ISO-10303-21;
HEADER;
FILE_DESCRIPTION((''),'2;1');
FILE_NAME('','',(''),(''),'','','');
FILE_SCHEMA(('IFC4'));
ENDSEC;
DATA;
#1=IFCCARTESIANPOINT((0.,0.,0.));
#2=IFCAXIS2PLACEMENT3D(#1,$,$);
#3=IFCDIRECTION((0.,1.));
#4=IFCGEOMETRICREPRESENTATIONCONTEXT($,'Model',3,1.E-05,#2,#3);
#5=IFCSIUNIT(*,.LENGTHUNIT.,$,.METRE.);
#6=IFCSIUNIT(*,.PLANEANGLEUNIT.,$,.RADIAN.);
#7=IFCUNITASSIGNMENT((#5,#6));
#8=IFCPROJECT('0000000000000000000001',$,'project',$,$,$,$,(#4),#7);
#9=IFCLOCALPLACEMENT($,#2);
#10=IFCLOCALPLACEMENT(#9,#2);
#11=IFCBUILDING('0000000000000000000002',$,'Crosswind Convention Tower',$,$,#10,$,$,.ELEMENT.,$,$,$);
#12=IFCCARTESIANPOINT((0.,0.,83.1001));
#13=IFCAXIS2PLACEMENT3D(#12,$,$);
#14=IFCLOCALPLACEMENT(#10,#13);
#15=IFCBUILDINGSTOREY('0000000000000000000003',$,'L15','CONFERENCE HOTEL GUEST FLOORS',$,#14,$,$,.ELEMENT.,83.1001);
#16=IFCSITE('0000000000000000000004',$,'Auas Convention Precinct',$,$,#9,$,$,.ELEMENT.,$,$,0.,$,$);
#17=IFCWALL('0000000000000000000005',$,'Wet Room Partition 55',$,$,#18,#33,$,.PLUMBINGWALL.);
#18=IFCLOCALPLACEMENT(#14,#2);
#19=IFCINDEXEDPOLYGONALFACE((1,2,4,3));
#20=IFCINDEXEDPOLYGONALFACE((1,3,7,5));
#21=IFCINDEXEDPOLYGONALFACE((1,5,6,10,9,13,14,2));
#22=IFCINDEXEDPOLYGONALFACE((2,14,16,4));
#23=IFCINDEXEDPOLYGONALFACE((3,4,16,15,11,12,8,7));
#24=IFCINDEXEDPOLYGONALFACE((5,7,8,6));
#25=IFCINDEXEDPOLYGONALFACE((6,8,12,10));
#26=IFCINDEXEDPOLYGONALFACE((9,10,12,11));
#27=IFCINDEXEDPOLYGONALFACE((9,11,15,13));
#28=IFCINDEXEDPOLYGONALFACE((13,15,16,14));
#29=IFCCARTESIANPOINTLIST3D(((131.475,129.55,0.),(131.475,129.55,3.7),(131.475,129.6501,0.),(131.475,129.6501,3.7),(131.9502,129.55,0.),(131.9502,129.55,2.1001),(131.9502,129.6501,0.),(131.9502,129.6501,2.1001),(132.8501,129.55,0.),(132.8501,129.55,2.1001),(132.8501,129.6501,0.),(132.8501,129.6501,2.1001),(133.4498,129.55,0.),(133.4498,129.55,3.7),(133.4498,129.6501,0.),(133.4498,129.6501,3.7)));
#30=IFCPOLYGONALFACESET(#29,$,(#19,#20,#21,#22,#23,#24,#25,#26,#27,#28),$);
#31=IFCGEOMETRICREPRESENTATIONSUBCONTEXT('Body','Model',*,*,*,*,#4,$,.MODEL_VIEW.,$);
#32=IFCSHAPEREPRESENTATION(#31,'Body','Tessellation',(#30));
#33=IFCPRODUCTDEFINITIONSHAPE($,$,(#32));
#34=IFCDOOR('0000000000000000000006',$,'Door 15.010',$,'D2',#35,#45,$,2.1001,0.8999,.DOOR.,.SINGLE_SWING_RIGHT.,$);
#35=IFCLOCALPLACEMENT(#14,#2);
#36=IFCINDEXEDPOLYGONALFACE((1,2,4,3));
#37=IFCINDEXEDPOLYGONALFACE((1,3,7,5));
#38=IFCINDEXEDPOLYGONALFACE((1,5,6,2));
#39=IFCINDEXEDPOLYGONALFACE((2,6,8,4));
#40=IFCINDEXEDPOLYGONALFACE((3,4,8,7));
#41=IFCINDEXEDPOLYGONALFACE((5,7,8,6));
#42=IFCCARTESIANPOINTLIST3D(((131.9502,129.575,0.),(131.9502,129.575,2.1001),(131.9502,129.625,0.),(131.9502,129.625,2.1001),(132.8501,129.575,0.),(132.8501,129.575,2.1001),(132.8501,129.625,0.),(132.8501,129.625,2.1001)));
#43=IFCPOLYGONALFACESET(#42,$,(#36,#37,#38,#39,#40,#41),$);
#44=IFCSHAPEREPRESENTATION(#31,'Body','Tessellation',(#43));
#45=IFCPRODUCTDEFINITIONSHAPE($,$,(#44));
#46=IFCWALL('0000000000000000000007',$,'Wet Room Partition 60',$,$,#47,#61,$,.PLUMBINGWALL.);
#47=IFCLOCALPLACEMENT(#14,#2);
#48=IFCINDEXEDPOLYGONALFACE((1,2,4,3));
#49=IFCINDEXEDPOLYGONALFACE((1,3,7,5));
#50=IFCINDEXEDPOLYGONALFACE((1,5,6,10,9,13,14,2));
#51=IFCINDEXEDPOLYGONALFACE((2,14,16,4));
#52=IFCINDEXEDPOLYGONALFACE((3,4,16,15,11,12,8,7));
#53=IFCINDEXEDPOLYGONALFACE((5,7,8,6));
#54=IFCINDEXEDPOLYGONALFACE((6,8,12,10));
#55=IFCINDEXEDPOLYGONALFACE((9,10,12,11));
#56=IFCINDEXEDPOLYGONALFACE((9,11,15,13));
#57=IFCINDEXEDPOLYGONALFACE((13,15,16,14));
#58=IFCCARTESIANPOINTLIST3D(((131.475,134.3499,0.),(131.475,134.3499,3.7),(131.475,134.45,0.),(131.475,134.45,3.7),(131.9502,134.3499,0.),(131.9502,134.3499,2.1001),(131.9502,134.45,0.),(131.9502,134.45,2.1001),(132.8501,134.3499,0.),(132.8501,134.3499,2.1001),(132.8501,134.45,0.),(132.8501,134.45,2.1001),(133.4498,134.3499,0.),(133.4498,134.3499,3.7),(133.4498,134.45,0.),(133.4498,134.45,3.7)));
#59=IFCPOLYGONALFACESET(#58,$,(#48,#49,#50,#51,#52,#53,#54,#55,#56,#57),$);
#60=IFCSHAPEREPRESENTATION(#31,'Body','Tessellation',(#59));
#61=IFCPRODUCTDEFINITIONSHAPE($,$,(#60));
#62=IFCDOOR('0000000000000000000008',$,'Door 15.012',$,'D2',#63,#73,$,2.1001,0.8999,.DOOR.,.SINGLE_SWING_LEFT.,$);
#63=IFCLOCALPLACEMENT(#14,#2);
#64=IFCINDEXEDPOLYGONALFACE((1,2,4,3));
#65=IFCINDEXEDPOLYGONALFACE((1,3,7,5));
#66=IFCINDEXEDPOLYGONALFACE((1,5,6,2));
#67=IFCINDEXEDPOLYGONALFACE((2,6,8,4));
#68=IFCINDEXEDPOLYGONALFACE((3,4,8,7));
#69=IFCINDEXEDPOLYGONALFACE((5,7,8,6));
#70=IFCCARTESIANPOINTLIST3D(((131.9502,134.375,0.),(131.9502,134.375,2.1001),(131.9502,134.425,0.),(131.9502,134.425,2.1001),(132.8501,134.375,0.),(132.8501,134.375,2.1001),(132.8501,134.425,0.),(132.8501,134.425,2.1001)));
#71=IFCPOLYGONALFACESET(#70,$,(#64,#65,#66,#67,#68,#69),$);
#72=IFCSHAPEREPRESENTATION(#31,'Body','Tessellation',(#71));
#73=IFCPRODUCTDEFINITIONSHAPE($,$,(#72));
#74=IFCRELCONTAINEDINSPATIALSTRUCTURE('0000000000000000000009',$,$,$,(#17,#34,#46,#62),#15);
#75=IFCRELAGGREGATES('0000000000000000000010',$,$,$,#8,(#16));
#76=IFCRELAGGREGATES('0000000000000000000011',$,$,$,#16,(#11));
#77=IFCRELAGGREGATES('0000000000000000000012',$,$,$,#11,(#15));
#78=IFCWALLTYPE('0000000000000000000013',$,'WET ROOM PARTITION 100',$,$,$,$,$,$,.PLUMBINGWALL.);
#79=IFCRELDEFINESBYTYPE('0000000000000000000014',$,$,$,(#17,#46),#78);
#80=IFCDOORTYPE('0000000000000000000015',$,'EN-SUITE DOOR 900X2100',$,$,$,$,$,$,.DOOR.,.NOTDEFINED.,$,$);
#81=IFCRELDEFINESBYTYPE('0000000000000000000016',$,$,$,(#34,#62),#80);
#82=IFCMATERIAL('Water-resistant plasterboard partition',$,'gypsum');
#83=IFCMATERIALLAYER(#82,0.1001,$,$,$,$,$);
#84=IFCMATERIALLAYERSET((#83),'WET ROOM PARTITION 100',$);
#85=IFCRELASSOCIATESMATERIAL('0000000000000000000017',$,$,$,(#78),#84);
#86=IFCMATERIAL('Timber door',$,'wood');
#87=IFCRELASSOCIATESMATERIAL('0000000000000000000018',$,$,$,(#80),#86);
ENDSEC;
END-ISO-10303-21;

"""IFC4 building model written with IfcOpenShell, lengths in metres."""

from ifc_helpers import new_model, si_unit, direction, frame, frame_2d, origin, place, context, subcontext, project, spatial, rectangle, extrude, material, layer, layer_set, type_object, element, fill, save


model = new_model("IFC4")

# Units and contexts
model_context = context("Model", 3, precision=1e-05, world=origin(), true_north=direction((0.0, 1.0)))
body_context = subcontext(model_context, "Body", "Model", "MODEL_VIEW")
ifc_project = project(units=[si_unit("LENGTHUNIT", "METRE"), si_unit("PLANEANGLEUNIT", "RADIAN")], contexts=[model_context])

# Site, building, storey
site_placement = place(None, origin())
site = spatial("IfcSite", under=ifc_project, at=site_placement, Name="Auas Convention Precinct", CompositionType="ELEMENT", RefElevation=0.0)
building_placement = place(site_placement, origin())
building = spatial("IfcBuilding", under=site, at=building_placement, Name="Crosswind Convention Tower", CompositionType="ELEMENT")
storey_placement = place(building_placement, frame((0.0, 0.0, 83.1001)))
storey = spatial("IfcBuildingStorey", under=building, at=storey_placement, Name="L15", Description="CONFERENCE HOTEL GUEST FLOORS", CompositionType="ELEMENT", Elevation=83.1001)

# Walls, openings, doors
ifc_material_1 = material(Name="Water-resistant plasterboard partition", Category="gypsum")
ifc_layer_1 = layer(ifc_material_1, 0.1001)
ifc_layer_set_1 = layer_set([ifc_layer_1], Name="WET ROOM PARTITION 100")
wall_type_1 = type_object("IfcWallType", Name="WET ROOM PARTITION 100", PredefinedType="PLUMBINGWALL", material=ifc_layer_set_1)
wall_1_placement = place(storey_placement, frame((131.4751, 129.6001, 0.0), z_axis=(0.0, 0.0, 1.0), x_axis=(1.0, 0.0, 0.0)))
wall_1 = element("IfcWall", 1, at=wall_1_placement, inside=storey, type_object=wall_type_1, Name="Wet Room Partition 55", PredefinedType="PLUMBINGWALL", context=body_context, shape_type="SweptSolid", body=[
    extrude(rectangle(XDim=1.9749, YDim=0.1001, at=frame_2d((0.9873, 0.0))), origin(), (0.0, 0.0, 1.0), 3.7),
])
opening_1_placement = place(wall_1_placement, frame((0.4751, 0.0, 0.0)))
opening_1 = element("IfcOpeningElement", 2, at=opening_1_placement, cuts=wall_1, PredefinedType="OPENING", context=body_context, shape_type="SweptSolid", body=[
    extrude(rectangle(XDim=0.8999, YDim=2.1001, at=frame_2d((0.45, 1.05))), frame((0.0, 0.0601, 0.0), z_axis=(0.0, -1.0, 0.0), x_axis=(1.0, 0.0, 0.0)), (0.0, 0.0, 1.0), 0.1201),
])
ifc_material_2 = material(Name="Timber door", Category="wood")
door_type_1 = type_object("IfcDoorType", Name="EN-SUITE DOOR 900X2100", OperationType="NOTDEFINED", PredefinedType="DOOR", material=ifc_material_2)
door_1_placement = place(opening_1_placement, origin())
door_1 = element("IfcDoor", 3, at=door_1_placement, inside=storey, type_object=door_type_1, Name="Door 15.010", ObjectType="D2", OperationType="SINGLE_SWING_RIGHT", OverallHeight=2.1001, OverallWidth=0.8999, PredefinedType="DOOR", context=body_context, shape_type="SweptSolid", body=[
    extrude(rectangle(XDim=0.8999, YDim=2.1001, at=frame_2d((0.45, 1.05))), frame((0.0, 0.0249, 0.0), z_axis=(0.0, -1.0, 0.0), x_axis=(1.0, 0.0, 0.0)), (0.0, 0.0, 1.0), 0.05),
])
fill(opening_1, door_1)
wall_2_placement = place(storey_placement, frame((131.4751, 134.3999, 0.0), z_axis=(0.0, 0.0, 1.0), x_axis=(1.0, 0.0, 0.0)))
wall_2 = element("IfcWall", 4, at=wall_2_placement, inside=storey, type_object=wall_type_1, Name="Wet Room Partition 60", PredefinedType="PLUMBINGWALL", context=body_context, shape_type="SweptSolid", body=[
    extrude(rectangle(XDim=1.9749, YDim=0.1001, at=frame_2d((0.9873, 0.0))), origin(), (0.0, 0.0, 1.0), 3.7),
])
opening_2_placement = place(wall_2_placement, frame((0.4751, 0.0, 0.0)))
opening_2 = element("IfcOpeningElement", 5, at=opening_2_placement, cuts=wall_2, PredefinedType="OPENING", context=body_context, shape_type="SweptSolid", body=[
    extrude(rectangle(XDim=0.8999, YDim=2.1001, at=frame_2d((0.45, 1.05))), frame((0.0, 0.0601, 0.0), z_axis=(0.0, -1.0, 0.0), x_axis=(1.0, 0.0, 0.0)), (0.0, 0.0, 1.0), 0.1201),
])
door_2_placement = place(opening_2_placement, frame((0.8999, 0.0, 0.0), z_axis=(0.0, 0.0, 1.0), x_axis=(-1.0, 0.0, 0.0)))
door_2 = element("IfcDoor", 6, at=door_2_placement, inside=storey, type_object=door_type_1, Name="Door 15.012", ObjectType="D2", OperationType="SINGLE_SWING_LEFT", OverallHeight=2.1001, OverallWidth=0.8999, PredefinedType="DOOR", context=body_context, shape_type="SweptSolid", body=[
    extrude(rectangle(XDim=0.8999, YDim=2.1001, at=frame_2d((0.45, 1.05))), frame((0.0, 0.0249, 0.0), z_axis=(0.0, -1.0, 0.0), x_axis=(1.0, 0.0, 0.0)), (0.0, 0.0, 1.0), 0.05),
])
fill(opening_2, door_2)

save(model, "model.ifc")
